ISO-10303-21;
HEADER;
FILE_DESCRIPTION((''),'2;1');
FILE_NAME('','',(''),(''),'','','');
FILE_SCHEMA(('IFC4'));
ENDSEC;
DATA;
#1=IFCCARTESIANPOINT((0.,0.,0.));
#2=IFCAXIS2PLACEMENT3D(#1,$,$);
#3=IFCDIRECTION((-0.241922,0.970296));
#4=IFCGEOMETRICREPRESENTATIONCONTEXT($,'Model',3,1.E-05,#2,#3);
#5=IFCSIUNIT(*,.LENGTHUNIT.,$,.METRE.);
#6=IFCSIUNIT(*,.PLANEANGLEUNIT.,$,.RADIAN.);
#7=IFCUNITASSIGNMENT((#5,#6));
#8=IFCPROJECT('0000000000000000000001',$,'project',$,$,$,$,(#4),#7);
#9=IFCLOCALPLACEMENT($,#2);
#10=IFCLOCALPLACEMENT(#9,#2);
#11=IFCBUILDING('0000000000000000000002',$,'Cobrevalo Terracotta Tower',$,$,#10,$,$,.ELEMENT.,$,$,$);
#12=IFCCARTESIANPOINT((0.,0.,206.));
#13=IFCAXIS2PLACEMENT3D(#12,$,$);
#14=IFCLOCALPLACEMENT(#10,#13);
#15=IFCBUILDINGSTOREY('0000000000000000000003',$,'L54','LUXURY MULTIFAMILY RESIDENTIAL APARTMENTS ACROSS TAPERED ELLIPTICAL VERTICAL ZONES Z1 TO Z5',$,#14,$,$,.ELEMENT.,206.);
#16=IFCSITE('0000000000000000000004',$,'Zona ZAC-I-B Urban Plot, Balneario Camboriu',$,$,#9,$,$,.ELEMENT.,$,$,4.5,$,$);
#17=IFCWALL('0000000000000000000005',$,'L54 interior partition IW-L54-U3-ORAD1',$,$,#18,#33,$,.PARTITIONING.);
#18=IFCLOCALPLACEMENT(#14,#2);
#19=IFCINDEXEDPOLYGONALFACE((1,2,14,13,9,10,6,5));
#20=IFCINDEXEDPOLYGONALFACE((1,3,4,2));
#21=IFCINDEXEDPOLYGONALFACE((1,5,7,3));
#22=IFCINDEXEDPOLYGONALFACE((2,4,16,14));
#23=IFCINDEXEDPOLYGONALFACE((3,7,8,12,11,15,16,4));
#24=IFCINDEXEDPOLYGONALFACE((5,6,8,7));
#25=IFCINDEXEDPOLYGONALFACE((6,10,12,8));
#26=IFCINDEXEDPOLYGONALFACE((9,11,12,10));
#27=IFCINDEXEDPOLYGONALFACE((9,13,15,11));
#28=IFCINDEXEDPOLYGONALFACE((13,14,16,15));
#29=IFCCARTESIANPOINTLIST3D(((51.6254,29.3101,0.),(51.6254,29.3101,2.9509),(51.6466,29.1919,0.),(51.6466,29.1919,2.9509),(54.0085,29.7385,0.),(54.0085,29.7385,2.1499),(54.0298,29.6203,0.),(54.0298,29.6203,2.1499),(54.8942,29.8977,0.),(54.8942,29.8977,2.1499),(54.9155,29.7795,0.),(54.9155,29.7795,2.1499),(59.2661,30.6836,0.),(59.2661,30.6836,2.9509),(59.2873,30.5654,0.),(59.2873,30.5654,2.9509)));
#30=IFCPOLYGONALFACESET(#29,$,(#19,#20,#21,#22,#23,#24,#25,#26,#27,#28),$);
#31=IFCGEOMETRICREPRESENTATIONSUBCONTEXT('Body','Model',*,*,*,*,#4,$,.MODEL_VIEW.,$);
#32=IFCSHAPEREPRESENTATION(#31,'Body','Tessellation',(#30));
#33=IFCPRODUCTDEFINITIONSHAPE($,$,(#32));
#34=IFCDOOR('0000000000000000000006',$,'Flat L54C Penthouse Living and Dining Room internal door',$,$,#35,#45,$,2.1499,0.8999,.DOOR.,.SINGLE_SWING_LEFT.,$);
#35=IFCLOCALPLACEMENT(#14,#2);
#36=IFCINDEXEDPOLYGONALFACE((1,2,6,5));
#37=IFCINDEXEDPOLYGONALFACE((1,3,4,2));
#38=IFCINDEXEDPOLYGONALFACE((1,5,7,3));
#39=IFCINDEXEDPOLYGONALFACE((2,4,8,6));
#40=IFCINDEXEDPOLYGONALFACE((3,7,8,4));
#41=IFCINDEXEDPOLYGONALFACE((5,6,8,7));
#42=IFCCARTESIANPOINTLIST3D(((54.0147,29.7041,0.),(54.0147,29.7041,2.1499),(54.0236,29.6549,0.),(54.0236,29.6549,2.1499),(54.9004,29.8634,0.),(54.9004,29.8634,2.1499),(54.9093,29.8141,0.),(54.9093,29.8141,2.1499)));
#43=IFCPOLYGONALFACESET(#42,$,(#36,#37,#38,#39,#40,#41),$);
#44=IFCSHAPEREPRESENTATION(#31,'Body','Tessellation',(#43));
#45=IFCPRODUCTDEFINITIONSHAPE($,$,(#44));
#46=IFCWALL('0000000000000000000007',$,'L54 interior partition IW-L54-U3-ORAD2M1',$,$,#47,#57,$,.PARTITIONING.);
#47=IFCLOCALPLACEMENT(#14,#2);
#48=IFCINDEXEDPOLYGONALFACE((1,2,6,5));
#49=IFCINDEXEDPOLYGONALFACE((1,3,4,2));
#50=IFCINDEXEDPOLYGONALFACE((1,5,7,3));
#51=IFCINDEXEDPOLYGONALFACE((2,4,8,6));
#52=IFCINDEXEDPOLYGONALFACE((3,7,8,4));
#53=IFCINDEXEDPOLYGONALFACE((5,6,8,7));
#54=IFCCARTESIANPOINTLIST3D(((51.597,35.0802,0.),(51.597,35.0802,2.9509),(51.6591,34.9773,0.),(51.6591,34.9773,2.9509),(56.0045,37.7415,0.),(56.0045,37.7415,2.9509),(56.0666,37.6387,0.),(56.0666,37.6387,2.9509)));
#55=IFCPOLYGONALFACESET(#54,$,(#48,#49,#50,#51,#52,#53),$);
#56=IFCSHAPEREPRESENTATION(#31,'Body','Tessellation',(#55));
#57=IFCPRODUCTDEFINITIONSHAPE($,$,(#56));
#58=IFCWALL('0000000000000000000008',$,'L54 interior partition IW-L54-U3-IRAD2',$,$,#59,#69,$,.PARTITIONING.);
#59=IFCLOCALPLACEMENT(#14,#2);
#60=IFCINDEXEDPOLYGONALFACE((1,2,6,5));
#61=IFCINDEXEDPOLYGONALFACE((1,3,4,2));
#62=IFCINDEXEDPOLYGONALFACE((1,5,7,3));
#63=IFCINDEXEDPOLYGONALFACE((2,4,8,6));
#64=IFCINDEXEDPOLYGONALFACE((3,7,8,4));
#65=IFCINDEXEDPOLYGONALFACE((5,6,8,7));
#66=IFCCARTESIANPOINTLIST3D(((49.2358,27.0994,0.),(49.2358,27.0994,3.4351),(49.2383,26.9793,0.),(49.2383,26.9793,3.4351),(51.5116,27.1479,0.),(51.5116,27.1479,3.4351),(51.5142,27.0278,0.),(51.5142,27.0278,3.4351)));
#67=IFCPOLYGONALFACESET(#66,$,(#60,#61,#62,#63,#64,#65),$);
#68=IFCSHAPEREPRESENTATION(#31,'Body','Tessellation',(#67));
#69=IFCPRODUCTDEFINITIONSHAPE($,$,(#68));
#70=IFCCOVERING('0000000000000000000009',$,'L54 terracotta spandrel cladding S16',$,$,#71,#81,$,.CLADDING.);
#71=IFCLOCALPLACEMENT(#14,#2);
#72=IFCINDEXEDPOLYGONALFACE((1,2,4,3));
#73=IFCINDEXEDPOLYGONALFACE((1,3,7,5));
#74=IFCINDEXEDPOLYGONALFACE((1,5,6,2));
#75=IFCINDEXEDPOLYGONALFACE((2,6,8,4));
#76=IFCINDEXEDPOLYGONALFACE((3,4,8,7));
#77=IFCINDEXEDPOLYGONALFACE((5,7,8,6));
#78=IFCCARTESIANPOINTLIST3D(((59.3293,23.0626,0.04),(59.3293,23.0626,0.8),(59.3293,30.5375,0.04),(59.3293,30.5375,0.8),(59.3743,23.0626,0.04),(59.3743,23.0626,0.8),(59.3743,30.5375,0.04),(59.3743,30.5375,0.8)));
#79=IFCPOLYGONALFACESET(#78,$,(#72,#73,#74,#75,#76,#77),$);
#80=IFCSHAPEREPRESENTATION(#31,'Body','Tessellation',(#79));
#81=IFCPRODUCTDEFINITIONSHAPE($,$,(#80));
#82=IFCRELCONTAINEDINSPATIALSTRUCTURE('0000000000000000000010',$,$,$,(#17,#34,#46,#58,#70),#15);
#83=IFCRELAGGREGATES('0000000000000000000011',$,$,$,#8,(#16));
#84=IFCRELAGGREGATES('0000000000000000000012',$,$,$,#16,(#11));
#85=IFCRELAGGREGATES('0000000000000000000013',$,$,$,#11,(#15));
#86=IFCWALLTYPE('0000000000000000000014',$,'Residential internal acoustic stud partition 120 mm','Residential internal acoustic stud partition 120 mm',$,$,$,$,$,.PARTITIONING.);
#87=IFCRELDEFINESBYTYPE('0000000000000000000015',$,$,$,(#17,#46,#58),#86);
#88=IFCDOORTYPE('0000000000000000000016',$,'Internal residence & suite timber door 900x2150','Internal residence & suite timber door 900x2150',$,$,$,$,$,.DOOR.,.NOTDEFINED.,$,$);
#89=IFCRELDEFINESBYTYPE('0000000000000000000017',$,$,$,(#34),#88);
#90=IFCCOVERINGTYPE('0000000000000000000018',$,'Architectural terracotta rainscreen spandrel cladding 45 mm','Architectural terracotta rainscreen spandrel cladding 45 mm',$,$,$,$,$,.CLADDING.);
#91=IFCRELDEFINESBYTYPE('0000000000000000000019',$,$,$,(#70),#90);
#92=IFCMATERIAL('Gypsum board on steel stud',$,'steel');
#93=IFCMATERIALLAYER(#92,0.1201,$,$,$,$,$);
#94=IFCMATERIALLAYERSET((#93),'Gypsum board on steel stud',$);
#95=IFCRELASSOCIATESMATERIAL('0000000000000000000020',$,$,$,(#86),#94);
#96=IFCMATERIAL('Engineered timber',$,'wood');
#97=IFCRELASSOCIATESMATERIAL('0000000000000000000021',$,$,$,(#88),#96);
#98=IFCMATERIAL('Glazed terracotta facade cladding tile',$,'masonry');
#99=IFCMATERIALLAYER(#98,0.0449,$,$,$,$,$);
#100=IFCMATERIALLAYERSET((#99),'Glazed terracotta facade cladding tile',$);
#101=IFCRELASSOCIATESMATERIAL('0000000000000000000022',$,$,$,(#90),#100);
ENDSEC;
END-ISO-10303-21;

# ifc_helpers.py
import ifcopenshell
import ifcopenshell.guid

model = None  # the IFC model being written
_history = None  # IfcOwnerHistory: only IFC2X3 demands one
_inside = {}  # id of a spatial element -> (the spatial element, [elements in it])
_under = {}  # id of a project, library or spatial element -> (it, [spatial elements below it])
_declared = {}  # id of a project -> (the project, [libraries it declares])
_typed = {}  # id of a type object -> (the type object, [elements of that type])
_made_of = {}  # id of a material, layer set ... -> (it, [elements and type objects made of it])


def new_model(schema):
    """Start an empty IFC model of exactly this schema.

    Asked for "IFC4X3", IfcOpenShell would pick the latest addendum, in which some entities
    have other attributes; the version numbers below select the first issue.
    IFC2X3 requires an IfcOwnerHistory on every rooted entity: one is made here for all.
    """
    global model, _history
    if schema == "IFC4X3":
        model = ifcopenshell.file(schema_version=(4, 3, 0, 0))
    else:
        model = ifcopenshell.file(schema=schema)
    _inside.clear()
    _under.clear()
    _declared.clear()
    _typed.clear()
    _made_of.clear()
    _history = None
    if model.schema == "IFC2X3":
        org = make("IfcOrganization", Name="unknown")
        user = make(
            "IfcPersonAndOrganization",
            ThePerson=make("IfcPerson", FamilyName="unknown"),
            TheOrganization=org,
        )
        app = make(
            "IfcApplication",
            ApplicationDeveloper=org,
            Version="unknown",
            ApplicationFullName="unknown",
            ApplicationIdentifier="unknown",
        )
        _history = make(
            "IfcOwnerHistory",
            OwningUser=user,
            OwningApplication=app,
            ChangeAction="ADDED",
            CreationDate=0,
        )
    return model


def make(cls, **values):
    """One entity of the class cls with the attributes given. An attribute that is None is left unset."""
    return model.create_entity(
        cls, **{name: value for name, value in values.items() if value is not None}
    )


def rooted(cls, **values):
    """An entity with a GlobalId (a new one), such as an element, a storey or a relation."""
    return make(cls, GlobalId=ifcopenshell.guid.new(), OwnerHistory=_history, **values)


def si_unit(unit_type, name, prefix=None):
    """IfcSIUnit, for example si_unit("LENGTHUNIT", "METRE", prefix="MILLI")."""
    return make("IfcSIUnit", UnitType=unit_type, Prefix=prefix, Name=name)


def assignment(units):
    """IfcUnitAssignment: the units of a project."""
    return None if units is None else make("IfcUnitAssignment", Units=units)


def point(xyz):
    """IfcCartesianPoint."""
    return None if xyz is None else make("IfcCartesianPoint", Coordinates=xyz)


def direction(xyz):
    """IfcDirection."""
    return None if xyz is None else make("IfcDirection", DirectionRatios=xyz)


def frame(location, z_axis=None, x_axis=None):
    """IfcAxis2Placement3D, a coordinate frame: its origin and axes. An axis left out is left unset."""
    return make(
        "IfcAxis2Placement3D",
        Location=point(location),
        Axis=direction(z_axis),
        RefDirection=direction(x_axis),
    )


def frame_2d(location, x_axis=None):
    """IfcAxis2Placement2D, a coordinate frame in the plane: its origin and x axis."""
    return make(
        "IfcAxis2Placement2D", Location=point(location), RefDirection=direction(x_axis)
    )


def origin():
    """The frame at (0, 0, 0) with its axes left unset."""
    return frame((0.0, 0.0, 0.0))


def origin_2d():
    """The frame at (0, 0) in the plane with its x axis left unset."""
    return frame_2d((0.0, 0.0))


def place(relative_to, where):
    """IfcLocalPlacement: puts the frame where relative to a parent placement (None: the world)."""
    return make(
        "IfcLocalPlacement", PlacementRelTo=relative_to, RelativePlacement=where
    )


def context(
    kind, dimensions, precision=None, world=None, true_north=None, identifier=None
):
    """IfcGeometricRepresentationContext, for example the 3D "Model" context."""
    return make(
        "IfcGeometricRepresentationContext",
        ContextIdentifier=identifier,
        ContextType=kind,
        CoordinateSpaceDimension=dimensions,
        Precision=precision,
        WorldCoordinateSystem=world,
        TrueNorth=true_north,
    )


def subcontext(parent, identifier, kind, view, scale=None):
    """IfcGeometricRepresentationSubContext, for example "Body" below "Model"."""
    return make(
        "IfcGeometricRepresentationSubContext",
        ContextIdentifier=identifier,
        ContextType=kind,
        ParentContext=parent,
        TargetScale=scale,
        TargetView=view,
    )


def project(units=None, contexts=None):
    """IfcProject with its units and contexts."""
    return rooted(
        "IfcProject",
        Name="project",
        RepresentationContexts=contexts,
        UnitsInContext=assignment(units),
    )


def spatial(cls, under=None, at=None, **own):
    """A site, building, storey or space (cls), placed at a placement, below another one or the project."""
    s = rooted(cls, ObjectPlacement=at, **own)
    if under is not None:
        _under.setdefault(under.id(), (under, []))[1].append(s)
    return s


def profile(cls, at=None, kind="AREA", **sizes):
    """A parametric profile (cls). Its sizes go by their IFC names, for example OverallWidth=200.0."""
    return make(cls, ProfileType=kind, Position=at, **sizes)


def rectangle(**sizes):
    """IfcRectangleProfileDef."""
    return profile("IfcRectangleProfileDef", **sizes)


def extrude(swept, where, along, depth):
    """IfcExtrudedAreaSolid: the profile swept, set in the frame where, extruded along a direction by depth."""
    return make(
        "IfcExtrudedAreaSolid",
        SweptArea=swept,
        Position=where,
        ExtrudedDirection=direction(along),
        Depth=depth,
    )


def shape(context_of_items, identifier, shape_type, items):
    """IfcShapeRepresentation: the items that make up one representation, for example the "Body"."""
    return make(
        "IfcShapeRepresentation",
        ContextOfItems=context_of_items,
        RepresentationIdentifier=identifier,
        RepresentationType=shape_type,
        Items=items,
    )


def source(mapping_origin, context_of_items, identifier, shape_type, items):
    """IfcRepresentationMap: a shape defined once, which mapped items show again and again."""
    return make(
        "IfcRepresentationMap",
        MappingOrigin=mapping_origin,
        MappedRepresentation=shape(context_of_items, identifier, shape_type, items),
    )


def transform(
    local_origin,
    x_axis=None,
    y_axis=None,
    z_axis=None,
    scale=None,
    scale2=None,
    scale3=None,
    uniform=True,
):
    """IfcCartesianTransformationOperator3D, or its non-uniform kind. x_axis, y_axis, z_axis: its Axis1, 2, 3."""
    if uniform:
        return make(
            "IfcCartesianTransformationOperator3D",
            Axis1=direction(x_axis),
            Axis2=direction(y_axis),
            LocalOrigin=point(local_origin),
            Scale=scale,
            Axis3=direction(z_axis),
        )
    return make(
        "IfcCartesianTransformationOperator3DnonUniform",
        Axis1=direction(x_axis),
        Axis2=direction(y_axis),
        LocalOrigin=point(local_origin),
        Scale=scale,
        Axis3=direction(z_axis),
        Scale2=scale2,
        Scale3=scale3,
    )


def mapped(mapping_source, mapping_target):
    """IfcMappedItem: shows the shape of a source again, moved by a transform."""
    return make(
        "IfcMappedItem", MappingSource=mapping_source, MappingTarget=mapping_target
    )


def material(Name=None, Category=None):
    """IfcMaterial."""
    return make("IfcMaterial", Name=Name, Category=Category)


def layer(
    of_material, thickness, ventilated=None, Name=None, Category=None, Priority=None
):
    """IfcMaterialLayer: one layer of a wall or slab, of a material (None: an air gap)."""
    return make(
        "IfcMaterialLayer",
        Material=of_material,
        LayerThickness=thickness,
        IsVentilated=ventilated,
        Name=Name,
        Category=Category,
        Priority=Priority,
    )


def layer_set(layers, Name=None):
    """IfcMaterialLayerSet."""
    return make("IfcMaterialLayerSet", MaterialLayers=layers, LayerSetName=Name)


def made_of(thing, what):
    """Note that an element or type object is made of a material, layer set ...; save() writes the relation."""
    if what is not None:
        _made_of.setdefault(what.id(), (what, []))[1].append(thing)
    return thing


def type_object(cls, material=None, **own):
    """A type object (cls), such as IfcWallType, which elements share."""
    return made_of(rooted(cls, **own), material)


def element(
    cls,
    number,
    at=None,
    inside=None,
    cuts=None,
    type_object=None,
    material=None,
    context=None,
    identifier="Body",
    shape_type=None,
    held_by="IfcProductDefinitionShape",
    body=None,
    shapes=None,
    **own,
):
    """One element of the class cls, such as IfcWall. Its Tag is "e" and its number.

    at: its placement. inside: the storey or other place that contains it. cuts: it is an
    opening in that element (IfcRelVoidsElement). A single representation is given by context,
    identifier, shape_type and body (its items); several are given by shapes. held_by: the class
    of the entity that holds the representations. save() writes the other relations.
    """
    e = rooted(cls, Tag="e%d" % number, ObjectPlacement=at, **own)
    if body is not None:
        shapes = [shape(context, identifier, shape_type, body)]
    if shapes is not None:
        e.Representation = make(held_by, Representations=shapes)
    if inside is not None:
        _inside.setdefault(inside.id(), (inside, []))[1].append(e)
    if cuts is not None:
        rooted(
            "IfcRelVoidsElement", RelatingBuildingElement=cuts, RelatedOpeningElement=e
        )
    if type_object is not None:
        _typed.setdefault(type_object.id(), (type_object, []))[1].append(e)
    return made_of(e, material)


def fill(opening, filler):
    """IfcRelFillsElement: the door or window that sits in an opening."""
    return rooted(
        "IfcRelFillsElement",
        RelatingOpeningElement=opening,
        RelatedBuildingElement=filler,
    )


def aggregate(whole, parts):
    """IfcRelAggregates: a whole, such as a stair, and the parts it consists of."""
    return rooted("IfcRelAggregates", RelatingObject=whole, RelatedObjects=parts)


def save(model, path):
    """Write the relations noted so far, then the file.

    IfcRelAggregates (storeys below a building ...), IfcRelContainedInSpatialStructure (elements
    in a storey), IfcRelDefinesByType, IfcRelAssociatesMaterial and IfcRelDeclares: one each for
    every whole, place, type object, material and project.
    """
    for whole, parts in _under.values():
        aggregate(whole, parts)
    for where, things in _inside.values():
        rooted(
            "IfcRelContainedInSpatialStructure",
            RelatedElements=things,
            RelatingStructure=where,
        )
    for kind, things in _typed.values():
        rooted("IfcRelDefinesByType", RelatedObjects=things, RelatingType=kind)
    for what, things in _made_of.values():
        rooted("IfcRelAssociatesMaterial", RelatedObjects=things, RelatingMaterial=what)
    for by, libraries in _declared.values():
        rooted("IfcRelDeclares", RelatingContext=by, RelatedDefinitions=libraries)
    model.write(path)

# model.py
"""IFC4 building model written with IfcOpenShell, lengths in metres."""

from ifc_helpers import new_model, si_unit, direction, frame, frame_2d, origin, origin_2d, place, context, subcontext, project, spatial, rectangle, extrude, source, transform, mapped, material, layer, layer_set, type_object, element, fill, save


model = new_model("IFC4")

# Units and contexts
model_context = context("Model", 3, precision=1e-05, world=origin(), true_north=direction((-0.241922, 0.970296)))
body_context = subcontext(model_context, "Body", "Model", "MODEL_VIEW")
ifc_project = project(units=[si_unit("LENGTHUNIT", "METRE"), si_unit("PLANEANGLEUNIT", "RADIAN")], contexts=[model_context])

# Site, building, storey
site_placement = place(None, origin())
site = spatial("IfcSite", under=ifc_project, at=site_placement, Name="Zona ZAC-I-B Urban Plot, Balneario Camboriu", CompositionType="ELEMENT", RefElevation=4.5)
building_placement = place(site_placement, origin())
building = spatial("IfcBuilding", under=site, at=building_placement, Name="Cobrevalo Terracotta Tower", CompositionType="ELEMENT")
storey_placement = place(building_placement, frame((0.0, 0.0, 206.0)))
storey = spatial("IfcBuildingStorey", under=building, at=storey_placement, Name="L54", Description="LUXURY MULTIFAMILY RESIDENTIAL APARTMENTS ACROSS TAPERED ELLIPTICAL VERTICAL ZONES Z1 TO Z5", CompositionType="ELEMENT", Elevation=206.0)

# Wall, opening, door
ifc_material_1 = material(Name="Gypsum board on steel stud", Category="steel")
ifc_layer_1 = layer(ifc_material_1, 0.1201)
ifc_layer_set_1 = layer_set([ifc_layer_1], Name="Gypsum board on steel stud")
wall_type = type_object("IfcWallType", Name="Residential internal acoustic stud partition 120 mm", Description="Residential internal acoustic stud partition 120 mm", PredefinedType="PARTITIONING", material=ifc_layer_set_1)
wall_1_placement = place(storey_placement, frame((51.636, 29.251, 0.0), z_axis=(0.0, 0.0, 1.0), x_axis=(0.984223, 0.176931, 0.0)))
wall_1 = element("IfcWall", 1, at=wall_1_placement, inside=storey, type_object=wall_type, Name="L54 interior partition IW-L54-U3-ORAD1", PredefinedType="PARTITIONING", context=body_context, shape_type="SweptSolid", body=[
    extrude(rectangle(XDim=7.7632, YDim=0.1201, at=frame_2d((3.8816, 0.0))), origin(), (0.0, 0.0, 1.0), 2.9509),
])
opening_1_placement = place(wall_1_placement, frame((2.4214, 0.0, 0.0)))
opening_1 = element("IfcOpeningElement", 2, at=opening_1_placement, cuts=wall_1, PredefinedType="OPENING", context=body_context, shape_type="SweptSolid", body=[
    extrude(rectangle(XDim=0.8999, YDim=2.1499, at=frame_2d((0.45, 1.075))), frame((0.0, 0.0701, 0.0), z_axis=(0.0, -1.0, 0.0), x_axis=(1.0, 0.0, 0.0)), (0.0, 0.0, 1.0), 0.1401),
])
ifc_material_2 = material(Name="Engineered timber", Category="wood")
door_type_1 = type_object("IfcDoorType", Name="Internal residence & suite timber door 900x2150", Description="Internal residence & suite timber door 900x2150", OperationType="NOTDEFINED", PredefinedType="DOOR", material=ifc_material_2)
shared_shape_1 = source(origin(), body_context, "Body", "SweptSolid", [
    extrude(rectangle(XDim=0.8999, YDim=2.1499, at=frame_2d((0.45, 1.075))), frame((0.0, 0.0249, 0.0), z_axis=(0.0, -1.0, 0.0), x_axis=(1.0, 0.0, 0.0)), (0.0, 0.0, 1.0), 0.05),
])
door_1_placement = place(opening_1_placement, frame((0.8999, 0.0, 0.0), z_axis=(0.0, 0.0, 1.0), x_axis=(-1.0, 0.0, 0.0)))
door_1 = element("IfcDoor", 3, at=door_1_placement, inside=storey, type_object=door_type_1, Name="Flat L54C Penthouse Living and Dining Room internal door", OperationType="SINGLE_SWING_LEFT", OverallHeight=2.1499, OverallWidth=0.8999, PredefinedType="DOOR", context=body_context, shape_type="MappedRepresentation", body=[
    mapped(shared_shape_1, transform((0.0, 0.0, 0.0), scale=1.0)),
])
fill(opening_1, door_1)

# Walls
wall_2_placement = place(storey_placement, frame((51.6282, 35.0288, 0.0), z_axis=(0.0, 0.0, 1.0), x_axis=(0.856042, 0.516906, 0.0)))
element("IfcWall", 4, at=wall_2_placement, inside=storey, type_object=wall_type, Name="L54 interior partition IW-L54-U3-ORAD2M1", PredefinedType="PARTITIONING", context=body_context, shape_type="SweptSolid", body=[
    extrude(rectangle(XDim=5.1487, YDim=0.1201, at=frame_2d((2.5742, 0.0))), origin(), (0.0, 0.0, 1.0), 2.9509),
])
wall_3_placement = place(storey_placement, frame((49.2371, 27.0393, 0.0), z_axis=(0.0, 0.0, 1.0), x_axis=(0.999772, 0.021342, 0.0)))
element("IfcWall", 5, at=wall_3_placement, inside=storey, type_object=wall_type, Name="L54 interior partition IW-L54-U3-IRAD2", PredefinedType="PARTITIONING", context=body_context, shape_type="SweptSolid", body=[
    extrude(rectangle(XDim=2.2764, YDim=0.1201, at=frame_2d((1.1382, 0.0))), origin(), (0.0, 0.0, 1.0), 3.4351),
])

# Covering
ifc_material_3 = material(Name="Glazed terracotta facade cladding tile", Category="masonry")
ifc_layer_2 = layer(ifc_material_3, 0.0449)
ifc_layer_set_2 = layer_set([ifc_layer_2], Name="Glazed terracotta facade cladding tile")
covering_type = type_object("IfcCoveringType", Name="Architectural terracotta rainscreen spandrel cladding 45 mm", Description="Architectural terracotta rainscreen spandrel cladding 45 mm", PredefinedType="CLADDING", material=ifc_layer_set_2)
shared_shape_2 = source(origin(), body_context, "Body", "SweptSolid", [
    extrude(rectangle(XDim=7.4749, YDim=0.0449, at=origin_2d()), origin(), (0.0, 0.0, 1.0), 0.76),
])
covering_placement = place(storey_placement, frame((59.3518, 26.8, 0.04), z_axis=(0.0, 0.0, 1.0), x_axis=(0.0, 1.0, 0.0)))
element("IfcCovering", 6, at=covering_placement, inside=storey, type_object=covering_type, Name="L54 terracotta spandrel cladding S16", PredefinedType="CLADDING", context=body_context, shape_type="MappedRepresentation", body=[
    mapped(shared_shape_2, transform((0.0, 0.0, 0.0), scale=1.0)),
])

save(model, "model.ifc")
